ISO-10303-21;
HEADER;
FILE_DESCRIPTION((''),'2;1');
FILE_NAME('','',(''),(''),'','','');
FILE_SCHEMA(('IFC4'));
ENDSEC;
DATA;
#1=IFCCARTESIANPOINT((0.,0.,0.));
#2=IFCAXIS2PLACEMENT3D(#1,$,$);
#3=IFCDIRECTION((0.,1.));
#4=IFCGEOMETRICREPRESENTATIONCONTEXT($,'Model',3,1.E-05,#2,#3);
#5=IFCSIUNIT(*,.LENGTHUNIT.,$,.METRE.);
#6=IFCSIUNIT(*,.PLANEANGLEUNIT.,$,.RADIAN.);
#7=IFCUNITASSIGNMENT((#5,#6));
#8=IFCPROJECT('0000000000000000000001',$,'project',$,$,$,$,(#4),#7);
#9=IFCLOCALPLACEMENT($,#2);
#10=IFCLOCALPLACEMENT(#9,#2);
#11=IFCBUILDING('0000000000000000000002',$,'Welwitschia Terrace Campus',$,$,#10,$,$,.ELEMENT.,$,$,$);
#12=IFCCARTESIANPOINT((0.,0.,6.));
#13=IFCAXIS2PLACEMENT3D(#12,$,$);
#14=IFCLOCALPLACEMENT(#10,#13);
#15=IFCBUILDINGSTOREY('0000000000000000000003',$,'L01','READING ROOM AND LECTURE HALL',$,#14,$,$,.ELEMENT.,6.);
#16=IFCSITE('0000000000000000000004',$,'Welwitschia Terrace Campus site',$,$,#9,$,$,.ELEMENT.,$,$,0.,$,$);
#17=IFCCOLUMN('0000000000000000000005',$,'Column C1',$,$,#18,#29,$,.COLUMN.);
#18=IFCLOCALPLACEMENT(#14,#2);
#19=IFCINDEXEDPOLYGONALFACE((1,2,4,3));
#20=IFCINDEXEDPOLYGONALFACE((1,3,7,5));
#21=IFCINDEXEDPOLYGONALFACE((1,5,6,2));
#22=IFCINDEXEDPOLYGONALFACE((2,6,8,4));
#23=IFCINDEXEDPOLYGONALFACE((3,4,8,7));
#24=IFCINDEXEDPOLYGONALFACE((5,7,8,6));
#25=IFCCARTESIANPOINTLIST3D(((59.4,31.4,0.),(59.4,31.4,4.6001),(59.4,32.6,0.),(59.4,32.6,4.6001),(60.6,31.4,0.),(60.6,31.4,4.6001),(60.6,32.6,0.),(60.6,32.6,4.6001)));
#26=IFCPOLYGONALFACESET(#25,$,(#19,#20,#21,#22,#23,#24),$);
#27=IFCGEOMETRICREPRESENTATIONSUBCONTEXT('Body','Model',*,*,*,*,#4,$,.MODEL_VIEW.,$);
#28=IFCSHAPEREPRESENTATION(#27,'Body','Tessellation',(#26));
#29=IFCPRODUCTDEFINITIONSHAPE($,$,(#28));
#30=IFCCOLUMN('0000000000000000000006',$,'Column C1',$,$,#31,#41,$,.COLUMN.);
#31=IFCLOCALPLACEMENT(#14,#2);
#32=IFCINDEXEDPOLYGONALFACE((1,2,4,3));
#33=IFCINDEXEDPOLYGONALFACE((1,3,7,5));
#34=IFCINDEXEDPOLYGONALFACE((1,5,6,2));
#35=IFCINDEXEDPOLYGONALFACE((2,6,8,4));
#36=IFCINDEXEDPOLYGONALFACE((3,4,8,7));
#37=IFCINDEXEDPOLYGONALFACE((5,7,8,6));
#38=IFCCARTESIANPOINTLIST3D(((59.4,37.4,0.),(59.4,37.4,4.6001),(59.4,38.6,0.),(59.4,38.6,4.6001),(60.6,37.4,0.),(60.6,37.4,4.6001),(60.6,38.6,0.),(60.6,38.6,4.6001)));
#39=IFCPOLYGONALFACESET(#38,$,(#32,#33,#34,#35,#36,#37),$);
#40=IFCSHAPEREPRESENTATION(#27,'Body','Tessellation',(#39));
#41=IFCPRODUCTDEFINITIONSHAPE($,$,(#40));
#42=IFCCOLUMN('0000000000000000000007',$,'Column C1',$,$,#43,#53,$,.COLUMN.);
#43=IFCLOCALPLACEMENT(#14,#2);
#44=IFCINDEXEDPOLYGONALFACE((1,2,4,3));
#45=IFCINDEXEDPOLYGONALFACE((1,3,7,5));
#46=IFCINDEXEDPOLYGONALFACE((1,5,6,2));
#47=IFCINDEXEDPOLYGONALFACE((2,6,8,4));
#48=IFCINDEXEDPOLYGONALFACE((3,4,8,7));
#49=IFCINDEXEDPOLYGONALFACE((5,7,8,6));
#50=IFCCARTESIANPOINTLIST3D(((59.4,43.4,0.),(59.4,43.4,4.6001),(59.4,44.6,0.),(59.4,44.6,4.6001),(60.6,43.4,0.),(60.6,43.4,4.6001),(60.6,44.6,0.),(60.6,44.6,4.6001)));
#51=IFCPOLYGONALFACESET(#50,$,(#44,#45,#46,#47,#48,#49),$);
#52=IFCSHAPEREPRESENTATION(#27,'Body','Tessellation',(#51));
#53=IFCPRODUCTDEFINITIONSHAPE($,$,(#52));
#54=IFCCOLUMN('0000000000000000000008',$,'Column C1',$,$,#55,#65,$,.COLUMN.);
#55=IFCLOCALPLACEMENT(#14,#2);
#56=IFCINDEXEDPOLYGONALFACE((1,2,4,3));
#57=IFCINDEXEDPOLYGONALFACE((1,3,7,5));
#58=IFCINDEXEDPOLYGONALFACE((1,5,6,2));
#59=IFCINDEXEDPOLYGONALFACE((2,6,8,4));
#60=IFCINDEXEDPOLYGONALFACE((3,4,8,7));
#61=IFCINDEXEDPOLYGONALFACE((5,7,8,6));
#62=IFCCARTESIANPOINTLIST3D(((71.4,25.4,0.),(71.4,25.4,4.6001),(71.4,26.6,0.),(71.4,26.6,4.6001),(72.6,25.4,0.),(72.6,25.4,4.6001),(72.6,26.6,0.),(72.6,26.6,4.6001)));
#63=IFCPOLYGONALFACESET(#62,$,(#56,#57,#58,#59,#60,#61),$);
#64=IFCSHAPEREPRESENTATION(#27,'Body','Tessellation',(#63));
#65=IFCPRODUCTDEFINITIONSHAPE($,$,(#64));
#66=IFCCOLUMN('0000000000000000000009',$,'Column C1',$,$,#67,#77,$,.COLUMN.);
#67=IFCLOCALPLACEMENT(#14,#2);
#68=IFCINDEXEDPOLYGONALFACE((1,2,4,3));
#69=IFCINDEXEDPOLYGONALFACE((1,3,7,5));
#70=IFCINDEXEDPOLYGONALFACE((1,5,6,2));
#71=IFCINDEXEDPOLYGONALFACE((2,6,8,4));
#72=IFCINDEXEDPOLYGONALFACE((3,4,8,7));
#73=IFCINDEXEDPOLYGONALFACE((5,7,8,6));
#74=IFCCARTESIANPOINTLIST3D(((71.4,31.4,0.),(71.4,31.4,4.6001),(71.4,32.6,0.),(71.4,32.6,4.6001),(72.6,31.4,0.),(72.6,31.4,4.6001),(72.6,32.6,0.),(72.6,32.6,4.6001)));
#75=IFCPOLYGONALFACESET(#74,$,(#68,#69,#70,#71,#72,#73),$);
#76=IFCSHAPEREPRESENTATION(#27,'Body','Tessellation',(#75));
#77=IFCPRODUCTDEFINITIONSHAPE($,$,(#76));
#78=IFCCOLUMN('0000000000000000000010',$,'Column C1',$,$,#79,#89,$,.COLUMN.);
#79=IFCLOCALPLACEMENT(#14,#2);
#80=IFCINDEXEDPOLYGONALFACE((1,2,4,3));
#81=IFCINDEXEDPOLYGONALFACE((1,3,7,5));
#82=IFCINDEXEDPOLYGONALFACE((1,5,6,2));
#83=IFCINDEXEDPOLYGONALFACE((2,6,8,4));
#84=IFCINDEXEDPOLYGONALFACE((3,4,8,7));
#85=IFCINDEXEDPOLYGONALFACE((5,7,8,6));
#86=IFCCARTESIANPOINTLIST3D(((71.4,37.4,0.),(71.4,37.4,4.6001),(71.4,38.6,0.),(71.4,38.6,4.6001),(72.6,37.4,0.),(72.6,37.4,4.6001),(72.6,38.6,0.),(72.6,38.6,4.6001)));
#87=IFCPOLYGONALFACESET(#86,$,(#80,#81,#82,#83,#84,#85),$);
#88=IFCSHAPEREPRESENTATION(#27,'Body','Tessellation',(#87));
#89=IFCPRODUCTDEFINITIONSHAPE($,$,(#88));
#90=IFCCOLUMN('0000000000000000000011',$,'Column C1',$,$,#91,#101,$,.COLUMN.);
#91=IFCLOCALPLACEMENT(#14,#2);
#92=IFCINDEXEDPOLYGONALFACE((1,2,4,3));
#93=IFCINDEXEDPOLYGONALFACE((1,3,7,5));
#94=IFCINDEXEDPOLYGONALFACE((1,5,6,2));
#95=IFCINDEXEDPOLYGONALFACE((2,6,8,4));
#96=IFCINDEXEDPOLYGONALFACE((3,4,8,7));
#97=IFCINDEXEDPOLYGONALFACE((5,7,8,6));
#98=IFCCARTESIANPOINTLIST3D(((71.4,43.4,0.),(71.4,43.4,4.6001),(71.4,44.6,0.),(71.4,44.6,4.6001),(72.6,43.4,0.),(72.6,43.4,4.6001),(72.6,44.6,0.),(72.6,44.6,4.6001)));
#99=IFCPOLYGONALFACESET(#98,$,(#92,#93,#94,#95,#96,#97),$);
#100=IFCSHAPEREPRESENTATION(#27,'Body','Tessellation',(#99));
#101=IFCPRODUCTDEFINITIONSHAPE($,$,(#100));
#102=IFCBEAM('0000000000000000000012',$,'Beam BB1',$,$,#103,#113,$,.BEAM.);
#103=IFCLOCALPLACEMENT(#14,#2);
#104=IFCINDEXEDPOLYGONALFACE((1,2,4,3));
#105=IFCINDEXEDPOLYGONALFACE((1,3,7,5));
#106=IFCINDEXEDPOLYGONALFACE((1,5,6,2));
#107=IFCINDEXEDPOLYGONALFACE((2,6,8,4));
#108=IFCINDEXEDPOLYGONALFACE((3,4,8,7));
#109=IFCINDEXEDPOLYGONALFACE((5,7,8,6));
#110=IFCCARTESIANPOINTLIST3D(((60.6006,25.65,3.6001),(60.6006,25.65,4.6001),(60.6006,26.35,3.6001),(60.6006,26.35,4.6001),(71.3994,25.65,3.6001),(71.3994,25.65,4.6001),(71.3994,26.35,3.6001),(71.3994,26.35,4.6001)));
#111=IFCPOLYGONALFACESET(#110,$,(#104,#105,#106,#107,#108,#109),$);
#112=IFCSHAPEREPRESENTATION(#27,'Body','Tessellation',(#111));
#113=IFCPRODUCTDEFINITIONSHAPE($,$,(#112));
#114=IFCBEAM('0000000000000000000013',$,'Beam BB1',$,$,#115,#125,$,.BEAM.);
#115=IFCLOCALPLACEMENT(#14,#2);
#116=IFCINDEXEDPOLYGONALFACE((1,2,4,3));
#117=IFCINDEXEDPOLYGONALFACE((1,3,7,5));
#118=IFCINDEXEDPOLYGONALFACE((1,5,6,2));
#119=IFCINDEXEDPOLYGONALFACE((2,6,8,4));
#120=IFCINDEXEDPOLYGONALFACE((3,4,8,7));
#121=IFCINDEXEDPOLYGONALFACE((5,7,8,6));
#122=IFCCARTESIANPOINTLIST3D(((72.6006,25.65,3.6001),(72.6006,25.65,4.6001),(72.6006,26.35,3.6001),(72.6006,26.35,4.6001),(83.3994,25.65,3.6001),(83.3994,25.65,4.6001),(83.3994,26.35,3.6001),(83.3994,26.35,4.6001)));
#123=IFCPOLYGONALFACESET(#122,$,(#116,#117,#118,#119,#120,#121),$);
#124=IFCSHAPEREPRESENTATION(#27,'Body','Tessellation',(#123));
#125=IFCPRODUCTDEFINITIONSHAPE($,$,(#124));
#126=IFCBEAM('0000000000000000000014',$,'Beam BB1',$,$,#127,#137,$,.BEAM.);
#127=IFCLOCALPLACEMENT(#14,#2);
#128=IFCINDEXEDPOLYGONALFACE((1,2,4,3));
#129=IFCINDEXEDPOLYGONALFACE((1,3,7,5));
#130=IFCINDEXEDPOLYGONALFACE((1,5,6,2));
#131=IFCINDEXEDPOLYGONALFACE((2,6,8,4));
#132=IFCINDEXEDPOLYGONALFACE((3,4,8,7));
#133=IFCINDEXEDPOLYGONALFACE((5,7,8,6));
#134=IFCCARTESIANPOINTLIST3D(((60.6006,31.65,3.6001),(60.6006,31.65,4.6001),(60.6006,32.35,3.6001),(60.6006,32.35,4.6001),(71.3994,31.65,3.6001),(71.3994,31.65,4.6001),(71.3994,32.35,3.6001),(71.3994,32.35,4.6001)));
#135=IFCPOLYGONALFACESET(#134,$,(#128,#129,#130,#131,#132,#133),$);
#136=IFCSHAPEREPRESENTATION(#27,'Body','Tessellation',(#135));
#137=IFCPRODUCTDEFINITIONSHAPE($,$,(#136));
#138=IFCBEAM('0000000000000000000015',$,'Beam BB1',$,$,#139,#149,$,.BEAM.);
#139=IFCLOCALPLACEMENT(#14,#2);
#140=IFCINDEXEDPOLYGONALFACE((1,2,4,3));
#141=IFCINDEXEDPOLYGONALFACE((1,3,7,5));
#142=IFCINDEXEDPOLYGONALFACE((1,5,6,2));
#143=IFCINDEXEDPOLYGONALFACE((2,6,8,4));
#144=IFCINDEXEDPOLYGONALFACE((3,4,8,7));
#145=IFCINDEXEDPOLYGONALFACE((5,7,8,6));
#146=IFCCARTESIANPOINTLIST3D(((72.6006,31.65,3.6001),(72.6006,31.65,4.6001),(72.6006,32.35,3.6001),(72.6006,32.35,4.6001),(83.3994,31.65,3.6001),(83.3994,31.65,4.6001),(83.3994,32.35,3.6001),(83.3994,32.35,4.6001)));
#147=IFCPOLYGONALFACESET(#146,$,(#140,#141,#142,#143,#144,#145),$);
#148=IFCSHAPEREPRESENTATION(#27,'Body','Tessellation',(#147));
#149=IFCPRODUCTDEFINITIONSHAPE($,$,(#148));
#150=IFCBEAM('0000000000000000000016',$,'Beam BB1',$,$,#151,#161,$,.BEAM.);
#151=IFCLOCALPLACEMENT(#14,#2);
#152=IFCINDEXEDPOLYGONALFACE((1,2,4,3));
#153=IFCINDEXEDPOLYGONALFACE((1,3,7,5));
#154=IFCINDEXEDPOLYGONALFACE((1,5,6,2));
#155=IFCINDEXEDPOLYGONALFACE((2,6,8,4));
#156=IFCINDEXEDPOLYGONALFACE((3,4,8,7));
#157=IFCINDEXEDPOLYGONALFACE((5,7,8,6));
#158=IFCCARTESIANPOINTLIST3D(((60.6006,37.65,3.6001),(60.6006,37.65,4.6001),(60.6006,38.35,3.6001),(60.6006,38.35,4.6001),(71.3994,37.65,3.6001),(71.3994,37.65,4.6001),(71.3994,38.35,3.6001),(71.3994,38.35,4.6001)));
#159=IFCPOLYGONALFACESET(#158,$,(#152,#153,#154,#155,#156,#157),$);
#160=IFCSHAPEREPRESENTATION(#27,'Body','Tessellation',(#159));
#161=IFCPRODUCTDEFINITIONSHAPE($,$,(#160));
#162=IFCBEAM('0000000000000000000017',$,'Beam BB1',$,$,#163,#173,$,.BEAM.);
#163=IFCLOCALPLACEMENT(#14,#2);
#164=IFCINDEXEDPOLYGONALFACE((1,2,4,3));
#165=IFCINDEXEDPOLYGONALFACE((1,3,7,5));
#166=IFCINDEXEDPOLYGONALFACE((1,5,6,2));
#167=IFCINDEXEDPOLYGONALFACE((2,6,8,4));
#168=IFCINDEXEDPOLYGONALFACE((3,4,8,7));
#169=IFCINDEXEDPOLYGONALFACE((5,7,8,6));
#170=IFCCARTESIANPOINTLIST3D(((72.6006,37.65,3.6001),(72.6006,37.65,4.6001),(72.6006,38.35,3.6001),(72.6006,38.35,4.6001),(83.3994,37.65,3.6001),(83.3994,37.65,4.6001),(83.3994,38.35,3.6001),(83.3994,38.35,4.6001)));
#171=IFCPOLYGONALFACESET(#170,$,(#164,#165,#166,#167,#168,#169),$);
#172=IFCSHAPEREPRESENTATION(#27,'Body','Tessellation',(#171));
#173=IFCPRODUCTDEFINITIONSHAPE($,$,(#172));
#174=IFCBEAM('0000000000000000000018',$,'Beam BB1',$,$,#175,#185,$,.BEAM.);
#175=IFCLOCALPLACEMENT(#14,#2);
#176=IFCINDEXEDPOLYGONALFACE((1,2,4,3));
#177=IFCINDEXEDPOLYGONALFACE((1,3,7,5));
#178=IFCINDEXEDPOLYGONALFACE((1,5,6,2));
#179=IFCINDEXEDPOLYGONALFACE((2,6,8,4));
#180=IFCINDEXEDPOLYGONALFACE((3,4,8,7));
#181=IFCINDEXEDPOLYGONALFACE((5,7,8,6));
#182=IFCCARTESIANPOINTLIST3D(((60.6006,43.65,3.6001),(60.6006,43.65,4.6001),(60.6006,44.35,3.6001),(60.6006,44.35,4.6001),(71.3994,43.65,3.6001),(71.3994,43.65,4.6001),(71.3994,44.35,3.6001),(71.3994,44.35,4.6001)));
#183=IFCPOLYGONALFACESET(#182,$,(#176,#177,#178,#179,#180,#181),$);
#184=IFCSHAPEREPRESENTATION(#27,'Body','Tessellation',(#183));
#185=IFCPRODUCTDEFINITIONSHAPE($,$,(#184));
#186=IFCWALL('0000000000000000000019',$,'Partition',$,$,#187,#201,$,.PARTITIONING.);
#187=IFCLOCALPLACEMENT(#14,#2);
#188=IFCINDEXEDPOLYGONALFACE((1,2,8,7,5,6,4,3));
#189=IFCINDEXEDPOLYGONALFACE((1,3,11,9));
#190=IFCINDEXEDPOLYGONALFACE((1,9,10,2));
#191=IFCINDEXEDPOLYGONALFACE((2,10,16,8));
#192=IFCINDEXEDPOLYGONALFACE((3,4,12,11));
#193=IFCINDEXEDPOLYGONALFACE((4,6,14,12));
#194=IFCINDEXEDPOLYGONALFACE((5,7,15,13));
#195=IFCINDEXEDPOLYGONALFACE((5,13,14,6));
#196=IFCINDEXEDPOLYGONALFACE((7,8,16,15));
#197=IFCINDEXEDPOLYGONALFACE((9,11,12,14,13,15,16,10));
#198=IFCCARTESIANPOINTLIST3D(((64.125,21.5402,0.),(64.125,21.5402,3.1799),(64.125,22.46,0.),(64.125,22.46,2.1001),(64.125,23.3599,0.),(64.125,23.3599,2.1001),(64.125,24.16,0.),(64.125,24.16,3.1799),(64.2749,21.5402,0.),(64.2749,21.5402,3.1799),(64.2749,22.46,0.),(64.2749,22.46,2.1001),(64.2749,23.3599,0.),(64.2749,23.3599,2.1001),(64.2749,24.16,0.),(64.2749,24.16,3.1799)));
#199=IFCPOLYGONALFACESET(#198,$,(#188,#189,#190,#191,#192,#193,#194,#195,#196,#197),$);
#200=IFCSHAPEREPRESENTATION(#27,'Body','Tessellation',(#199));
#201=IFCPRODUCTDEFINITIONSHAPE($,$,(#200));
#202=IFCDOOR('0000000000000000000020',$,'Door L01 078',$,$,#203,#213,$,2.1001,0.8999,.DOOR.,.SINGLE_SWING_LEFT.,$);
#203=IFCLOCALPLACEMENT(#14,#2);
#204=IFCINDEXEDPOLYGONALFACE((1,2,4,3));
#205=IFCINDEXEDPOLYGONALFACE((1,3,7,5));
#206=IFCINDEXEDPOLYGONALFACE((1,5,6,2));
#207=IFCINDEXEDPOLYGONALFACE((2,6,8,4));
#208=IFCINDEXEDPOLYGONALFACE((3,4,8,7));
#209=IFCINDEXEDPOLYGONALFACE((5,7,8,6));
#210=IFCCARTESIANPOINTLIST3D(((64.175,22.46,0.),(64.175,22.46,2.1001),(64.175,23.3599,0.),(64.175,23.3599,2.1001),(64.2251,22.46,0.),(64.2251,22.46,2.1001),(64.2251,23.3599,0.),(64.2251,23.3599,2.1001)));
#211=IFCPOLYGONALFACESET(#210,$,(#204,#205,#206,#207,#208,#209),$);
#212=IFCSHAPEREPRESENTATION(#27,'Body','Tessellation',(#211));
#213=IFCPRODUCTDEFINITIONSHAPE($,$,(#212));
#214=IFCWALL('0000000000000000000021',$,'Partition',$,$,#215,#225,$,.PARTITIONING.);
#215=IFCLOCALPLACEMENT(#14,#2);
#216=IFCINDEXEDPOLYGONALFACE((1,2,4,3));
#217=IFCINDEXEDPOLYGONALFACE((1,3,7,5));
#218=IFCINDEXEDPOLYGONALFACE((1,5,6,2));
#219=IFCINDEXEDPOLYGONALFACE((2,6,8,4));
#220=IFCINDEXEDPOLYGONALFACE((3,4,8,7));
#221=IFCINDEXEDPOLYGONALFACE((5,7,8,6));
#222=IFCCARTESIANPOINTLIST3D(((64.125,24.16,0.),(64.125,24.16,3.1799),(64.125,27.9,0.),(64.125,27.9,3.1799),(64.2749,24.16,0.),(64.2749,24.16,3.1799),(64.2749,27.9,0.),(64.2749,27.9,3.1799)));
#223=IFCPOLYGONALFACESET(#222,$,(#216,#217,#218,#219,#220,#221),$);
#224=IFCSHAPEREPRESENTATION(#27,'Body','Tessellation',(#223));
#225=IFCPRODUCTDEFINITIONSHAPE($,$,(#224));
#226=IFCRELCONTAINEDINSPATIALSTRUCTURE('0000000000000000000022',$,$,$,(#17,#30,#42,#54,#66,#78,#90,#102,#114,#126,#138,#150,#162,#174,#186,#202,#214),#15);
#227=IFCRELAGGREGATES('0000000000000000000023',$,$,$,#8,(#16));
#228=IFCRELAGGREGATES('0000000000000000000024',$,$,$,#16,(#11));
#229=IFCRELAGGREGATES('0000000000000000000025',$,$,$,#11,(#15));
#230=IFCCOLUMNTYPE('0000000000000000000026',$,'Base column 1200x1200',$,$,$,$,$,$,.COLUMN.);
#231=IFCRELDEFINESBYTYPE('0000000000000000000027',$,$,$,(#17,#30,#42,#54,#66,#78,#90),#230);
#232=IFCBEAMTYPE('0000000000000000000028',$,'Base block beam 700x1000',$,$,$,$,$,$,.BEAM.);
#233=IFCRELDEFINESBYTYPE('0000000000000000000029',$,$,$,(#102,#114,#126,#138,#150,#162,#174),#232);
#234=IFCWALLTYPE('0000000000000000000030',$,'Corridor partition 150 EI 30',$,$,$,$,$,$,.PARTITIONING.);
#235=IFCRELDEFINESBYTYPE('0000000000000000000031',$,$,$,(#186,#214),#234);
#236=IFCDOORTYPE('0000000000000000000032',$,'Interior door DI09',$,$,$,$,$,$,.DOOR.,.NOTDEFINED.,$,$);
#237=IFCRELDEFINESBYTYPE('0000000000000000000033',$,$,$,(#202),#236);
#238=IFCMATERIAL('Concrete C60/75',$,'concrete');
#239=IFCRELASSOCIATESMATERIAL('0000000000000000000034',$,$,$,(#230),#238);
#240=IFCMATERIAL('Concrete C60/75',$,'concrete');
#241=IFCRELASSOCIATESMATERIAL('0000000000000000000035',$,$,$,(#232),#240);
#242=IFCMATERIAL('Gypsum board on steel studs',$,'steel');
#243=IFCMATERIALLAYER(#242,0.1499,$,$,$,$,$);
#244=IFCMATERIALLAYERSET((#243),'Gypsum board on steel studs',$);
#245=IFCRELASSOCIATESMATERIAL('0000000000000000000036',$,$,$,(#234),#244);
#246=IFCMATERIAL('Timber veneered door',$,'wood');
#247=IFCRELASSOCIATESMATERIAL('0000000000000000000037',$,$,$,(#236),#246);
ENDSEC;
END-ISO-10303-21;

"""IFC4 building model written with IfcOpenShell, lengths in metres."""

from ifc_helpers import new_model, si_unit, direction, frame, frame_2d, origin, origin_2d, place, context, subcontext, project, spatial, rectangle, extrude, material, layer, layer_set, material_profile, profile_set, type_object, element, fill, save


model = new_model("IFC4")

# Units and contexts
model_context = context("Model", 3, precision=1e-05, world=origin(), true_north=direction((0.0, 1.0)))
body_context = subcontext(model_context, "Body", "Model", "MODEL_VIEW")
ifc_project = project(units=[si_unit("LENGTHUNIT", "METRE"), si_unit("PLANEANGLEUNIT", "RADIAN")], contexts=[model_context])

# Site, building, storey
site_placement = place(None, origin())
site = spatial("IfcSite", under=ifc_project, at=site_placement, Name="Welwitschia Terrace Campus site", CompositionType="ELEMENT", RefElevation=0.0)
building_placement = place(site_placement, origin())
building = spatial("IfcBuilding", under=site, at=building_placement, Name="Welwitschia Terrace Campus", CompositionType="ELEMENT")
storey_placement = place(building_placement, frame((0.0, 0.0, 6.0)))
storey = spatial("IfcBuildingStorey", under=building, at=storey_placement, Name="L01", Description="READING ROOM AND LECTURE HALL", CompositionType="ELEMENT", Elevation=6.0)

# Columns
ifc_material_1 = material(Name="Concrete C60/75", Category="concrete")
ifc_material_profile_1 = material_profile(ifc_material_1, rectangle(XDim=1.2, YDim=1.2, at=origin_2d()))
ifc_profile_set_1 = profile_set([ifc_material_profile_1], Name="Concrete C60/75")
column_type = type_object("IfcColumnType", Name="Base column 1200x1200", PredefinedType="COLUMN", material=ifc_profile_set_1)
for number, where, z_axis, x_axis, name in (
    (1, (60.0, 32.0, 0.0), (0.0, 0.0, 1.0), (1.0, 0.0, 0.0), "Column C1"),
    (2, (60.0, 38.0, 0.0), (0.0, 0.0, 1.0), (1.0, 0.0, 0.0), "Column C1"),
    (3, (60.0, 44.0, 0.0), (0.0, 0.0, 1.0), (1.0, 0.0, 0.0), "Column C1"),
    (4, (72.0, 26.0, 0.0), (0.0, 0.0, 1.0), (1.0, 0.0, 0.0), "Column C1"),
    (5, (72.0, 32.0, 0.0), (0.0, 0.0, 1.0), (1.0, 0.0, 0.0), "Column C1"),
    (6, (72.0, 38.0, 0.0), (0.0, 0.0, 1.0), (1.0, 0.0, 0.0), "Column C1"),
    (7, (72.0, 44.0, 0.0), (0.0, 0.0, 1.0), (1.0, 0.0, 0.0), "Column C1"),
):
    element("IfcColumn", number, at=place(storey_placement, frame(where, z_axis=z_axis, x_axis=x_axis)), inside=storey, type_object=column_type, Name=name, PredefinedType="COLUMN", context=body_context, shape_type="SweptSolid", body=[
        extrude(rectangle(XDim=1.2, YDim=1.2, at=origin_2d()), origin(), (0.0, 0.0, 1.0), 4.6001),
    ])

# Beams
ifc_material_2 = material(Name="Concrete C60/75", Category="concrete")
ifc_material_profile_2 = material_profile(ifc_material_2, rectangle(XDim=0.7, YDim=1.0, at=origin_2d()))
ifc_profile_set_2 = profile_set([ifc_material_profile_2], Name="Concrete C60/75")
beam_type = type_object("IfcBeamType", Name="Base block beam 700x1000", PredefinedType="BEAM", material=ifc_profile_set_2)
for number, where, z_axis, x_axis, name in (
    (8, (60.6006, 26.0, 4.1001), (1.0, 0.0, 0.0), (0.0, 1.0, 0.0), "Beam BB1"),
    (9, (72.6006, 26.0, 4.1001), (1.0, 0.0, 0.0), (0.0, 1.0, 0.0), "Beam BB1"),
    (10, (60.6006, 32.0, 4.1001), (1.0, 0.0, 0.0), (0.0, 1.0, 0.0), "Beam BB1"),
    (11, (72.6006, 32.0, 4.1001), (1.0, 0.0, 0.0), (0.0, 1.0, 0.0), "Beam BB1"),
    (12, (60.6006, 38.0, 4.1001), (1.0, 0.0, 0.0), (0.0, 1.0, 0.0), "Beam BB1"),
    (13, (72.6006, 38.0, 4.1001), (1.0, 0.0, 0.0), (0.0, 1.0, 0.0), "Beam BB1"),
    (14, (60.6006, 44.0, 4.1001), (1.0, 0.0, 0.0), (0.0, 1.0, 0.0), "Beam BB1"),
):
    element("IfcBeam", number, at=place(storey_placement, frame(where, z_axis=z_axis, x_axis=x_axis)), inside=storey, type_object=beam_type, Name=name, PredefinedType="BEAM", context=body_context, shape_type="SweptSolid", body=[
        extrude(rectangle(XDim=0.7, YDim=1.0, at=origin_2d()), origin(), (0.0, 0.0, 1.0), 10.7988),
    ])

# Wall, opening, door
ifc_material_3 = material(Name="Gypsum board on steel studs", Category="steel")
ifc_layer = layer(ifc_material_3, 0.1499)
ifc_layer_set = layer_set([ifc_layer], Name="Gypsum board on steel studs")
wall_type = type_object("IfcWallType", Name="Corridor partition 150 EI 30", PredefinedType="PARTITIONING", material=ifc_layer_set)
wall_1_placement = place(storey_placement, frame((64.2, 21.54, 0.0), z_axis=(0.0, 0.0, 1.0), x_axis=(0.0, 1.0, 0.0)))
wall_1 = element("IfcWall", 15, at=wall_1_placement, inside=storey, type_object=wall_type, Name="Partition", PredefinedType="PARTITIONING", context=body_context, shape_type="SweptSolid", body=[
    extrude(rectangle(XDim=2.6199, YDim=0.1499, at=frame_2d((1.3101, 0.0))), origin(), (0.0, 0.0, 1.0), 3.1799),
])
opening_1_placement = place(wall_1_placement, frame((0.9199, 0.0, 0.0)))
opening_1 = element("IfcOpeningElement", 16, at=opening_1_placement, cuts=wall_1, PredefinedType="OPENING", context=body_context, shape_type="SweptSolid", body=[
    extrude(rectangle(XDim=0.8999, YDim=2.1001, at=frame_2d((0.45, 1.05))), frame((0.0, 0.085, 0.0), z_axis=(0.0, -1.0, 0.0), x_axis=(1.0, 0.0, 0.0)), (0.0, 0.0, 1.0), 0.1699),
])
ifc_material_4 = material(Name="Timber veneered door", Category="wood")
door_type_1 = type_object("IfcDoorType", Name="Interior door DI09", OperationType="NOTDEFINED", PredefinedType="DOOR", material=ifc_material_4)
door_1_placement = place(opening_1_placement, origin())
door_1 = element("IfcDoor", 17, at=door_1_placement, inside=storey, type_object=door_type_1, Name="Door L01 078", OperationType="SINGLE_SWING_LEFT", OverallHeight=2.1001, OverallWidth=0.8999, PredefinedType="DOOR", context=body_context, shape_type="SweptSolid", body=[
    extrude(rectangle(XDim=0.8999, YDim=2.1001, at=frame_2d((0.45, 1.05))), frame((0.0, 0.0249, 0.0), z_axis=(0.0, -1.0, 0.0), x_axis=(1.0, 0.0, 0.0)), (0.0, 0.0, 1.0), 0.05),
])
fill(opening_1, door_1)

# Wall
wall_2_placement = place(storey_placement, frame((64.2, 24.1599, 0.0), z_axis=(0.0, 0.0, 1.0), x_axis=(0.0, 1.0, 0.0)))
element("IfcWall", 18, at=wall_2_placement, inside=storey, type_object=wall_type, Name="Partition", PredefinedType="PARTITIONING", context=body_context, shape_type="SweptSolid", body=[
    extrude(rectangle(XDim=3.74, YDim=0.1499, at=frame_2d((1.8701, 0.0))), origin(), (0.0, 0.0, 1.0), 3.1799),
])

save(model, "model.ifc")
